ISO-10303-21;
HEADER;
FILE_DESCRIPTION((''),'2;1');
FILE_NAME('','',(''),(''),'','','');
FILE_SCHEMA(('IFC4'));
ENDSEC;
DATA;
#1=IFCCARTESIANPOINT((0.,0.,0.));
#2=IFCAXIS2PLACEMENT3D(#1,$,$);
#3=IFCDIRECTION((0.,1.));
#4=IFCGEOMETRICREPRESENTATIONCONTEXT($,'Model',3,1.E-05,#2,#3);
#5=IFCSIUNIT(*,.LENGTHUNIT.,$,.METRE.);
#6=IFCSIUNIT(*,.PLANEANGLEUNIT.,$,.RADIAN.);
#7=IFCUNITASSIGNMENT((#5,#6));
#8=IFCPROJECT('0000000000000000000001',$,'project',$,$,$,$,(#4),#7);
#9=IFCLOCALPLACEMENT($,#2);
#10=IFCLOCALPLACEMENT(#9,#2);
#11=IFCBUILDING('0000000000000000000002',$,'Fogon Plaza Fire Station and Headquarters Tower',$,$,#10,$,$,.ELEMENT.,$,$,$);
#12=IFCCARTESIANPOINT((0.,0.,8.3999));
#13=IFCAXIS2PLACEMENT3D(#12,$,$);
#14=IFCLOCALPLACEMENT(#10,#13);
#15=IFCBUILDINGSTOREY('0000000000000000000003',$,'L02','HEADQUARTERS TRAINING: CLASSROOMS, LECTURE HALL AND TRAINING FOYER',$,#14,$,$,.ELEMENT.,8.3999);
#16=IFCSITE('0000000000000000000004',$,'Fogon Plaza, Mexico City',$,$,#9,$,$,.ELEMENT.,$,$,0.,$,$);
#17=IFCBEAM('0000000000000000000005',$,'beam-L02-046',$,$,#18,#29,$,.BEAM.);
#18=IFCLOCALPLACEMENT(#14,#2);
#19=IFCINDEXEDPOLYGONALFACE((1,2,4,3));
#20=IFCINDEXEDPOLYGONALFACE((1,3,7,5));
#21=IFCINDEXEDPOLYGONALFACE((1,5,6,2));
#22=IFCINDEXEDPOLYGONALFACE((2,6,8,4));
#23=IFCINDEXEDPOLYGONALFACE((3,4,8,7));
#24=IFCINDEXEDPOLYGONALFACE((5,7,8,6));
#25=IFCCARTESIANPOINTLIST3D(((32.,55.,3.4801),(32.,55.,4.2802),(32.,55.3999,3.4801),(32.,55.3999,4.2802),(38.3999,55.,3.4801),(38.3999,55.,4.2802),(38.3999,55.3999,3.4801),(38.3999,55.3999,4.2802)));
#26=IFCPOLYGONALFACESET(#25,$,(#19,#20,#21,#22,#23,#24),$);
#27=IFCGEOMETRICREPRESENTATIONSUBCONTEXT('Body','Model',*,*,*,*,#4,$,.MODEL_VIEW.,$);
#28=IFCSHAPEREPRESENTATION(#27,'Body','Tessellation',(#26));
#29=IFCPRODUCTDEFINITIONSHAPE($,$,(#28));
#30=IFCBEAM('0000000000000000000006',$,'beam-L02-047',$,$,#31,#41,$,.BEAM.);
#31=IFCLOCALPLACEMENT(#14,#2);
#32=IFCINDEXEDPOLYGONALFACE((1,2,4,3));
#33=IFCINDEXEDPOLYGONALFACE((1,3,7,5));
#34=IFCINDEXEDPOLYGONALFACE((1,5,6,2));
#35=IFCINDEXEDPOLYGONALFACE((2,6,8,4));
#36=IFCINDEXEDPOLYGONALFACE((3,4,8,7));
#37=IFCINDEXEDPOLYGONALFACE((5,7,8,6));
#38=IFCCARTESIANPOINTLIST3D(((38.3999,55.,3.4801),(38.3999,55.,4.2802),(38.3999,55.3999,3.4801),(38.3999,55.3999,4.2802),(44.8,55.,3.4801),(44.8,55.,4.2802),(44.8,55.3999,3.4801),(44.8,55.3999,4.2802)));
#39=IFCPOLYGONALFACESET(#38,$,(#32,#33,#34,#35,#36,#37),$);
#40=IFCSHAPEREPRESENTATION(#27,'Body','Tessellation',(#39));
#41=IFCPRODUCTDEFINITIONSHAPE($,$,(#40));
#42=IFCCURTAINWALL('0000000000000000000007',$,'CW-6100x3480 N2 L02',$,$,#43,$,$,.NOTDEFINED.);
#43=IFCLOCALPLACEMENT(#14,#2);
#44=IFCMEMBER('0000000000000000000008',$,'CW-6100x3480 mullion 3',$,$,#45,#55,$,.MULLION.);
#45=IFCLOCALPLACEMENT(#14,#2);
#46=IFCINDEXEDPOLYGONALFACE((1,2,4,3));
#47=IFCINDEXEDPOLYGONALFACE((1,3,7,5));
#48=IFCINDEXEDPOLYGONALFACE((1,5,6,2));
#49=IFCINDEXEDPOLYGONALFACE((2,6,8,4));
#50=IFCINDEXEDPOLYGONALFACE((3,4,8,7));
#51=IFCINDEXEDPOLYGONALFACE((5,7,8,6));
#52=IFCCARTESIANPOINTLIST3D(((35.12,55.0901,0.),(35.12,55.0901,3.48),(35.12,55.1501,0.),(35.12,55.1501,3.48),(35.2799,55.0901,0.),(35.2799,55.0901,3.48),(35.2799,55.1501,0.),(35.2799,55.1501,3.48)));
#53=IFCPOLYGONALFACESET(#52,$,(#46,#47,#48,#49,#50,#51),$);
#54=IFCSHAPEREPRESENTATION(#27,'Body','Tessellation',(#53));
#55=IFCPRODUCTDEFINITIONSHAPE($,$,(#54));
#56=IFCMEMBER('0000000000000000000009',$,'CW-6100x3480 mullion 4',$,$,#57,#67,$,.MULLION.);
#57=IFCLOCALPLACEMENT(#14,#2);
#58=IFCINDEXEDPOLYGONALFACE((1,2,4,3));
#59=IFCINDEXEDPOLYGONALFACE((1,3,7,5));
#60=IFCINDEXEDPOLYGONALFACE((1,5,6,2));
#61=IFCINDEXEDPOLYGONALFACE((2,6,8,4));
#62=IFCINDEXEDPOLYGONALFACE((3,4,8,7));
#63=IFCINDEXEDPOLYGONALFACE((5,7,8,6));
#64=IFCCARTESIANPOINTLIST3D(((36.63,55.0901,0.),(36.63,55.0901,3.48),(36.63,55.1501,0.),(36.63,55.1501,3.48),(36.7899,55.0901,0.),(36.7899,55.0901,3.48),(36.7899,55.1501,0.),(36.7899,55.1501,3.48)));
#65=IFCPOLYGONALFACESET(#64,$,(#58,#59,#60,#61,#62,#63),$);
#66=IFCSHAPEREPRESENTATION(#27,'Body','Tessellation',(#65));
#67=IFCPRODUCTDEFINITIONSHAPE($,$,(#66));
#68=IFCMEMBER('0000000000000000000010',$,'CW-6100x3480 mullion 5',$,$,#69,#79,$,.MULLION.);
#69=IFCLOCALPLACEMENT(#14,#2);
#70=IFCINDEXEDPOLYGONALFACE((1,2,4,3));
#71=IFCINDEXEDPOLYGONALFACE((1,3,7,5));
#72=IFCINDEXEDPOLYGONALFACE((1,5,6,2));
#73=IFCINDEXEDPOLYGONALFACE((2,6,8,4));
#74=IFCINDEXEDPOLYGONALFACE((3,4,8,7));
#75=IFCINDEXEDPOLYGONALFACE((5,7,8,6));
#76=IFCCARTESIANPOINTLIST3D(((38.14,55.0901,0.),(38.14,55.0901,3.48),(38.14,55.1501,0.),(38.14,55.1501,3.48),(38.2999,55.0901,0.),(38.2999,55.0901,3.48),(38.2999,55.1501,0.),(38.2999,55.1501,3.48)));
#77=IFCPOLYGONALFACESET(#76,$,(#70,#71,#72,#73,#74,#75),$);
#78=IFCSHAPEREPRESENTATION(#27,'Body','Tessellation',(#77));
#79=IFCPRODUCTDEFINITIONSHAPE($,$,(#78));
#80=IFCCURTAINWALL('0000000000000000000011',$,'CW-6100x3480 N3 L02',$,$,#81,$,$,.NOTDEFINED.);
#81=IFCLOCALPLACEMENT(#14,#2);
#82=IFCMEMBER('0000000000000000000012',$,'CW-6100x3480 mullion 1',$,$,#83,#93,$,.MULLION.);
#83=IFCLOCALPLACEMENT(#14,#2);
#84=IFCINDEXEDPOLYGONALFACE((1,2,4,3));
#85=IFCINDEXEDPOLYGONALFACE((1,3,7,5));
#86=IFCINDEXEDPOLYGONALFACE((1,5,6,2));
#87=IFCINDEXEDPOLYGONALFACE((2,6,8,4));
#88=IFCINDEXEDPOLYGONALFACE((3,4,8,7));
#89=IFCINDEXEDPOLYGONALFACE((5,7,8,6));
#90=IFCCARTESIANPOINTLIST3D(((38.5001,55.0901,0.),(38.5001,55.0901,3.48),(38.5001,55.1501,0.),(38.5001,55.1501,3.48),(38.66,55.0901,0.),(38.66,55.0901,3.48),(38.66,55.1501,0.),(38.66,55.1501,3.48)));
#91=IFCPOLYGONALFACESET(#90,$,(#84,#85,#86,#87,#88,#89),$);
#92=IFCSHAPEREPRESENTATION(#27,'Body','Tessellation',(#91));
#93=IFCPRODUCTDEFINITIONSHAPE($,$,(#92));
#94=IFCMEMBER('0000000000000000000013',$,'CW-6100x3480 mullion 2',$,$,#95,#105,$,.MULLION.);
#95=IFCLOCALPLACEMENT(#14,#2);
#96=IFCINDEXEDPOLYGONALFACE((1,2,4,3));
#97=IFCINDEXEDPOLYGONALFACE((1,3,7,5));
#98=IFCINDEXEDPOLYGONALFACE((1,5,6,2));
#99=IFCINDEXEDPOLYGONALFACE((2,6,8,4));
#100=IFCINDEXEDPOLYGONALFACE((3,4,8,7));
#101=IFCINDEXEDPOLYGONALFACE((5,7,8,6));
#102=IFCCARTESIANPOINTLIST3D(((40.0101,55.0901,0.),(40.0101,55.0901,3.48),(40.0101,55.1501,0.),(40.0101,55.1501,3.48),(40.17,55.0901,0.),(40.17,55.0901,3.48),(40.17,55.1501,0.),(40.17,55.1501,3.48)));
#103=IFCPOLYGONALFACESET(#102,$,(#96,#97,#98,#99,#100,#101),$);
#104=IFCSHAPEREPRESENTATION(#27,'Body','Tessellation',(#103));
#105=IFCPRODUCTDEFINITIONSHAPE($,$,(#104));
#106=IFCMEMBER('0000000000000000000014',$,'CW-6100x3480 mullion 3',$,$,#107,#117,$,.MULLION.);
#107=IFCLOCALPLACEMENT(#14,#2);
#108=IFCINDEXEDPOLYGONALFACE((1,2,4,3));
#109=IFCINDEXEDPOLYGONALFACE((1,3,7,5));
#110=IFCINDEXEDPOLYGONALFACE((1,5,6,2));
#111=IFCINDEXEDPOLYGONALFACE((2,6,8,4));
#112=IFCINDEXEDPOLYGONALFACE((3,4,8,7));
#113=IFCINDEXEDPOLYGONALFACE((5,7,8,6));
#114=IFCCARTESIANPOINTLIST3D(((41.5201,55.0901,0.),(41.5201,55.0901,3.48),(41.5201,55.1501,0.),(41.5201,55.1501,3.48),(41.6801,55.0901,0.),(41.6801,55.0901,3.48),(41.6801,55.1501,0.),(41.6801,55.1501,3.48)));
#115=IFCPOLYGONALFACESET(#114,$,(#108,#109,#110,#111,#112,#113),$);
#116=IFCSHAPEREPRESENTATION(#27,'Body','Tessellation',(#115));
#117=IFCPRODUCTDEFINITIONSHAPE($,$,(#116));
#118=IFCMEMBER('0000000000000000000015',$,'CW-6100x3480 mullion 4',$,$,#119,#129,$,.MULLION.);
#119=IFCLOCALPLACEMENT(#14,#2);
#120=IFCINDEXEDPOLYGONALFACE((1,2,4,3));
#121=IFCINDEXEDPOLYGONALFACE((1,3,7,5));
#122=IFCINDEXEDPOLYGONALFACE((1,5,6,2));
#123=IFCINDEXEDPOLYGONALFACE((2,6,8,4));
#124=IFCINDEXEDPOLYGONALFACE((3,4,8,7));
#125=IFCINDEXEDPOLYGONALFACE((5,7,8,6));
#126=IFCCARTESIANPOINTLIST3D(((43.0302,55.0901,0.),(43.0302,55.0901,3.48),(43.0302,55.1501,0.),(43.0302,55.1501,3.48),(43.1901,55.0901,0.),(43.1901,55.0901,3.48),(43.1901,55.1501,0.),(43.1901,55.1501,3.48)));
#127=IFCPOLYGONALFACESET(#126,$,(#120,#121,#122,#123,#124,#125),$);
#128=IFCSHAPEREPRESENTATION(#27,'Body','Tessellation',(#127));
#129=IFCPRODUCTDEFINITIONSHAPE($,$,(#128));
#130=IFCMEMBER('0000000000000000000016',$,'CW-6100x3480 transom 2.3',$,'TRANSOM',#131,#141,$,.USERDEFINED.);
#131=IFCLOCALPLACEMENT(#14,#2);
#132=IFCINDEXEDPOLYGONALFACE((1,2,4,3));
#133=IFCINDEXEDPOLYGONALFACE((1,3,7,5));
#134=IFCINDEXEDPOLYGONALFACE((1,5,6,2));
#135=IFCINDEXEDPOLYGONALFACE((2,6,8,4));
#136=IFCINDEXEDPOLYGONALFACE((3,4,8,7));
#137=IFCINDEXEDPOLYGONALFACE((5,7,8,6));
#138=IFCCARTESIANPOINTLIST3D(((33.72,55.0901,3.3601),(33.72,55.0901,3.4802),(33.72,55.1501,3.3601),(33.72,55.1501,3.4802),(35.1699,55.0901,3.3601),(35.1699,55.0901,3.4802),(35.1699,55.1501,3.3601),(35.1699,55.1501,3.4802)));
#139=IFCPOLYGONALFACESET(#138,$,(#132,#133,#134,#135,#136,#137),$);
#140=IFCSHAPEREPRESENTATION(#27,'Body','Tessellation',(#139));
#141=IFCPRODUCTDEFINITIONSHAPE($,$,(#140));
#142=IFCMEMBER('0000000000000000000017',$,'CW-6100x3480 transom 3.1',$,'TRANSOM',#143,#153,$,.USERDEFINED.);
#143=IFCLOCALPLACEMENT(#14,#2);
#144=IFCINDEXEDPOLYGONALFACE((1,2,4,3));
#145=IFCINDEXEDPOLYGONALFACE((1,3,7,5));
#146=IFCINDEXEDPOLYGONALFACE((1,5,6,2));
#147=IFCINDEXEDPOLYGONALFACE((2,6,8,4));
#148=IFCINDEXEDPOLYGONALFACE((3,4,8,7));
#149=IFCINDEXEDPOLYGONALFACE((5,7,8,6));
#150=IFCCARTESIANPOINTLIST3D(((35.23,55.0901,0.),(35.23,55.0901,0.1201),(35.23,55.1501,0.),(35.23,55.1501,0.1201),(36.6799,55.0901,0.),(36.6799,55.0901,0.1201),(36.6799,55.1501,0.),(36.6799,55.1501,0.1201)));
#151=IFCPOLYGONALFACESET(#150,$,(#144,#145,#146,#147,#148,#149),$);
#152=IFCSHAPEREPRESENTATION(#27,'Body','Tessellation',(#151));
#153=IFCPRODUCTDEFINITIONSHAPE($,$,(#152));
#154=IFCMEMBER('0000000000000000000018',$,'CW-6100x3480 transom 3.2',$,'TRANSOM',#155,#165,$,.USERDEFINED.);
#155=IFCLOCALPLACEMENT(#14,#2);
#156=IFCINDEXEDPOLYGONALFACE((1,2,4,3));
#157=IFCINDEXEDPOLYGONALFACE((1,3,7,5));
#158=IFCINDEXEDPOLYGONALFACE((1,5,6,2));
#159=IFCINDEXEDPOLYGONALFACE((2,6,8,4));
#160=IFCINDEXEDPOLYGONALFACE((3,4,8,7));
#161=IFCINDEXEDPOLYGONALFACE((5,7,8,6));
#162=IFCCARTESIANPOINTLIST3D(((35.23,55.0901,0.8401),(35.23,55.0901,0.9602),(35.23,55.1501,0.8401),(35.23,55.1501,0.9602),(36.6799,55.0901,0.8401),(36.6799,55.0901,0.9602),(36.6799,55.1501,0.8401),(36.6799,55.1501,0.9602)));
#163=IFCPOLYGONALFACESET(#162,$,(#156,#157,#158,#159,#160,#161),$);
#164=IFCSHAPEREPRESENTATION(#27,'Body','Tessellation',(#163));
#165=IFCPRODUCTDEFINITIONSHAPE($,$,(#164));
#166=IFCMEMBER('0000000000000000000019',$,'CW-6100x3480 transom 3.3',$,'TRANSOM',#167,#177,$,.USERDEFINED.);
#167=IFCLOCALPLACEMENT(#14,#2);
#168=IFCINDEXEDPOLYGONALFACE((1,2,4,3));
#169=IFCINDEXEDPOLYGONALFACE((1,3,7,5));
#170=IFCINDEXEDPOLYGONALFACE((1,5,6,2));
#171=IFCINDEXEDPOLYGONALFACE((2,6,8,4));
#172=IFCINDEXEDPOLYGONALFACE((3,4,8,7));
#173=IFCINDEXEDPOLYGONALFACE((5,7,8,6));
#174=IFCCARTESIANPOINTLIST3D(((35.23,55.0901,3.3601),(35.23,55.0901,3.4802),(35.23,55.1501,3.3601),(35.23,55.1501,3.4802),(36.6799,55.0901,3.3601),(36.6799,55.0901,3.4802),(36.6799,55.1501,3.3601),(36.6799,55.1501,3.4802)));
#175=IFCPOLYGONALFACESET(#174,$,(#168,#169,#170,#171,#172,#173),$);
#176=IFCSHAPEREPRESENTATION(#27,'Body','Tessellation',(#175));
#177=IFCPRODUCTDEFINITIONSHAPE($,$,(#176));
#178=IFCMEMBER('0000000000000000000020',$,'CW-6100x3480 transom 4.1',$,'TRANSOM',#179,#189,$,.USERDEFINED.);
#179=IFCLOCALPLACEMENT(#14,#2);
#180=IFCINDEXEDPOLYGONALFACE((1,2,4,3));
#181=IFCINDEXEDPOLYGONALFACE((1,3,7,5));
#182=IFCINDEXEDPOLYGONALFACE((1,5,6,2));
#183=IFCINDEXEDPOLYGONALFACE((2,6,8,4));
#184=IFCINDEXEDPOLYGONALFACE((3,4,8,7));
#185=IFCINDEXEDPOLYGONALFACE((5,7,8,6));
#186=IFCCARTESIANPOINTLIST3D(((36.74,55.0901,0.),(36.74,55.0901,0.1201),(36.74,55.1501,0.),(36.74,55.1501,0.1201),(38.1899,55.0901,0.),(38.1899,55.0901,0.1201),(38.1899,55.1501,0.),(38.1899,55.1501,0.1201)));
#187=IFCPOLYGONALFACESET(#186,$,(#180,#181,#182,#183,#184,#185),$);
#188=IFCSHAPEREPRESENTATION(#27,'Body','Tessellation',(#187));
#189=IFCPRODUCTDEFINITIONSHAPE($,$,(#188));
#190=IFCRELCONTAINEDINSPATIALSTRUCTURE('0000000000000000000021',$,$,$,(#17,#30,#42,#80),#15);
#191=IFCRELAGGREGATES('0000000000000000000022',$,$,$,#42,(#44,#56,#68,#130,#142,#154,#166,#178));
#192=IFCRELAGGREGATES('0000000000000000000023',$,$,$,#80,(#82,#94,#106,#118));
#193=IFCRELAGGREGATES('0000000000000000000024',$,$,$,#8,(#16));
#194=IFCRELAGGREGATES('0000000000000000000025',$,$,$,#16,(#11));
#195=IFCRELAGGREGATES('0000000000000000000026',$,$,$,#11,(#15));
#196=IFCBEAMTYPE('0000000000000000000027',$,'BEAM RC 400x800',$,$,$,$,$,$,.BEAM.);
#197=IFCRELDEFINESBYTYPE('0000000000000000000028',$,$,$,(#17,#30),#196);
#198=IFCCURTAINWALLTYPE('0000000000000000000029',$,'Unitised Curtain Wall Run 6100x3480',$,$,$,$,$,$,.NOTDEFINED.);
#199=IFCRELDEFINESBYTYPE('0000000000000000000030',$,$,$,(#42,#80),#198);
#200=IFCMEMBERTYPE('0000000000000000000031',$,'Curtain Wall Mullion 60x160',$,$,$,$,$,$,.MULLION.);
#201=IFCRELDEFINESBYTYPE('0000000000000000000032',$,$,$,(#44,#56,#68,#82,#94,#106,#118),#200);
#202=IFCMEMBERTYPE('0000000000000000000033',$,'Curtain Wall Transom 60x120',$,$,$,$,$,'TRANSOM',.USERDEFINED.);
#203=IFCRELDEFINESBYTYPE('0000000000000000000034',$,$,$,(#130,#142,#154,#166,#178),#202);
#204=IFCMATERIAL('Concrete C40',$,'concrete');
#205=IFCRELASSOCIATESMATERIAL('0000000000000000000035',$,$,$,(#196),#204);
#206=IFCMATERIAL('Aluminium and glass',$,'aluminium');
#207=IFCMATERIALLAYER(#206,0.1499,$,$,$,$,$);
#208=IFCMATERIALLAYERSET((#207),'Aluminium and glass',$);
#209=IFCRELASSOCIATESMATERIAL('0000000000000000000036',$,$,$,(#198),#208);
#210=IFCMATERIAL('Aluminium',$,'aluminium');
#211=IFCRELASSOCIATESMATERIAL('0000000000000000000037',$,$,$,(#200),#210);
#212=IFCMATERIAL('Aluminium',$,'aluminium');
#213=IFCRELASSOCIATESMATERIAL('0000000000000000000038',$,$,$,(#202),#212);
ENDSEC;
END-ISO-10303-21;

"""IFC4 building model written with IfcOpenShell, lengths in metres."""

from ifc_helpers import new_model, si_unit, direction, frame, origin, origin_2d, place, context, subcontext, project, spatial, rectangle, extrude, material, layer, layer_set, material_profile, profile_set, type_object, element, aggregate, save


model = new_model("IFC4")

# Units and contexts
model_context = context("Model", 3, precision=1e-05, world=origin(), true_north=direction((0.0, 1.0)))
body_context = subcontext(model_context, "Body", "Model", "MODEL_VIEW")
ifc_project = project(units=[si_unit("LENGTHUNIT", "METRE"), si_unit("PLANEANGLEUNIT", "RADIAN")], contexts=[model_context])

# Site, building, storey
site_placement = place(None, origin())
site = spatial("IfcSite", under=ifc_project, at=site_placement, Name="Fogon Plaza, Mexico City", CompositionType="ELEMENT", RefElevation=0.0)
building_placement = place(site_placement, origin())
building = spatial("IfcBuilding", under=site, at=building_placement, Name="Fogon Plaza Fire Station and Headquarters Tower", CompositionType="ELEMENT")
storey_placement = place(building_placement, frame((0.0, 0.0, 8.3999)))
storey = spatial("IfcBuildingStorey", under=building, at=storey_placement, Name="L02", Description="HEADQUARTERS TRAINING: CLASSROOMS, LECTURE HALL AND TRAINING FOYER", CompositionType="ELEMENT", Elevation=8.3999)

# Beams
ifc_material_1 = material(Name="Concrete C40", Category="concrete")
ifc_material_profile_1 = material_profile(ifc_material_1, rectangle(XDim=0.3999, YDim=0.8, at=origin_2d()), Name="RC 400x800")
ifc_profile_set_1 = profile_set([ifc_material_profile_1], Name="Concrete C40")
beam_type = type_object("IfcBeamType", Name="BEAM RC 400x800", PredefinedType="BEAM", material=ifc_profile_set_1)
beam_1_placement = place(storey_placement, frame((32.0, 55.2, 3.8801), z_axis=(1.0, 0.0, 0.0), x_axis=(0.0, 1.0, 0.0)))
element("IfcBeam", 1, at=beam_1_placement, inside=storey, type_object=beam_type, Name="beam-L02-046", PredefinedType="BEAM", context=body_context, shape_type="SweptSolid", body=[
    extrude(rectangle(XDim=0.3999, YDim=0.8, at=origin_2d()), origin(), (0.0, 0.0, 1.0), 6.3999),
])
beam_2_placement = place(storey_placement, frame((38.3999, 55.2, 3.8801), z_axis=(1.0, 0.0, 0.0), x_axis=(0.0, 1.0, 0.0)))
element("IfcBeam", 2, at=beam_2_placement, inside=storey, type_object=beam_type, Name="beam-L02-047", PredefinedType="BEAM", context=body_context, shape_type="SweptSolid", body=[
    extrude(rectangle(XDim=0.3999, YDim=0.8, at=origin_2d()), origin(), (0.0, 0.0, 1.0), 6.4001),
])

# Curtain walls, members
ifc_material_2 = material(Name="Aluminium and glass", Category="aluminium")
ifc_layer_1 = layer(ifc_material_2, 0.1499)
ifc_layer_set_1 = layer_set([ifc_layer_1], Name="Aluminium and glass")
curtain_wall_type = type_object("IfcCurtainWallType", Name="Unitised Curtain Wall Run 6100x3480", PredefinedType="NOTDEFINED", material=ifc_layer_set_1)
curtain_wall_1_placement = place(storey_placement, origin())
curtain_wall_1 = element("IfcCurtainWall", 3, at=curtain_wall_1_placement, inside=storey, type_object=curtain_wall_type, Name="CW-6100x3480 N2 L02", PredefinedType="NOTDEFINED")
ifc_material_3 = material(Name="Aluminium", Category="aluminium")
ifc_material_profile_2 = material_profile(ifc_material_3, rectangle(XDim=0.0601, YDim=0.1599, at=origin_2d()), Name="Curtain Wall Mullion 60x160")
ifc_profile_set_2 = profile_set([ifc_material_profile_2], Name="Aluminium")
member_type_1 = type_object("IfcMemberType", Name="Curtain Wall Mullion 60x160", PredefinedType="MULLION", material=ifc_profile_set_2)
member_1_placement = place(storey_placement, frame((35.2, 55.1201, 0.0), z_axis=(0.0, 0.0, 1.0), x_axis=(0.0, 1.0, 0.0)))
member_1 = element("IfcMember", 4, at=member_1_placement, type_object=member_type_1, Name="CW-6100x3480 mullion 3", PredefinedType="MULLION", context=body_context, shape_type="SweptSolid", body=[
    extrude(rectangle(XDim=0.0601, YDim=0.1599, at=origin_2d()), origin(), (0.0, 0.0, 1.0), 3.48),
])
member_2_placement = place(storey_placement, frame((36.71, 55.1201, 0.0), z_axis=(0.0, 0.0, 1.0), x_axis=(0.0, 1.0, 0.0)))
member_2 = element("IfcMember", 5, at=member_2_placement, type_object=member_type_1, Name="CW-6100x3480 mullion 4", PredefinedType="MULLION", context=body_context, shape_type="SweptSolid", body=[
    extrude(rectangle(XDim=0.0601, YDim=0.1599, at=origin_2d()), origin(), (0.0, 0.0, 1.0), 3.48),
])
member_3_placement = place(storey_placement, frame((38.22, 55.1201, 0.0), z_axis=(0.0, 0.0, 1.0), x_axis=(0.0, 1.0, 0.0)))
member_3 = element("IfcMember", 6, at=member_3_placement, type_object=member_type_1, Name="CW-6100x3480 mullion 5", PredefinedType="MULLION", context=body_context, shape_type="SweptSolid", body=[
    extrude(rectangle(XDim=0.0601, YDim=0.1599, at=origin_2d()), origin(), (0.0, 0.0, 1.0), 3.48),
])
curtain_wall_2_placement = place(storey_placement, origin())
curtain_wall_2 = element("IfcCurtainWall", 7, at=curtain_wall_2_placement, inside=storey, type_object=curtain_wall_type, Name="CW-6100x3480 N3 L02", PredefinedType="NOTDEFINED")
member_4_placement = place(storey_placement, frame((38.5801, 55.1201, 0.0), z_axis=(0.0, 0.0, 1.0), x_axis=(0.0, 1.0, 0.0)))
member_4 = element("IfcMember", 8, at=member_4_placement, type_object=member_type_1, Name="CW-6100x3480 mullion 1", PredefinedType="MULLION", context=body_context, shape_type="SweptSolid", body=[
    extrude(rectangle(XDim=0.0601, YDim=0.1599, at=origin_2d()), origin(), (0.0, 0.0, 1.0), 3.48),
])
member_5_placement = place(storey_placement, frame((40.0901, 55.1201, 0.0), z_axis=(0.0, 0.0, 1.0), x_axis=(0.0, 1.0, 0.0)))
member_5 = element("IfcMember", 9, at=member_5_placement, type_object=member_type_1, Name="CW-6100x3480 mullion 2", PredefinedType="MULLION", context=body_context, shape_type="SweptSolid", body=[
    extrude(rectangle(XDim=0.0601, YDim=0.1599, at=origin_2d()), origin(), (0.0, 0.0, 1.0), 3.48),
])
member_6_placement = place(storey_placement, frame((41.6001, 55.1201, 0.0), z_axis=(0.0, 0.0, 1.0), x_axis=(0.0, 1.0, 0.0)))
member_6 = element("IfcMember", 10, at=member_6_placement, type_object=member_type_1, Name="CW-6100x3480 mullion 3", PredefinedType="MULLION", context=body_context, shape_type="SweptSolid", body=[
    extrude(rectangle(XDim=0.0601, YDim=0.1599, at=origin_2d()), origin(), (0.0, 0.0, 1.0), 3.48),
])
member_7_placement = place(storey_placement, frame((43.1101, 55.1201, 0.0), z_axis=(0.0, 0.0, 1.0), x_axis=(0.0, 1.0, 0.0)))
member_7 = element("IfcMember", 11, at=member_7_placement, type_object=member_type_1, Name="CW-6100x3480 mullion 4", PredefinedType="MULLION", context=body_context, shape_type="SweptSolid", body=[
    extrude(rectangle(XDim=0.0601, YDim=0.1599, at=origin_2d()), origin(), (0.0, 0.0, 1.0), 3.48),
])

# Members
ifc_material_4 = material(Name="Aluminium", Category="aluminium")
ifc_material_profile_3 = material_profile(ifc_material_4, rectangle(XDim=0.0601, YDim=0.1201, at=origin_2d()), Name="Curtain Wall Transom 60x120")
ifc_profile_set_3 = profile_set([ifc_material_profile_3], Name="Aluminium")
member_type_2 = type_object("IfcMemberType", Name="Curtain Wall Transom 60x120", ElementType="TRANSOM", PredefinedType="USERDEFINED", material=ifc_profile_set_3)
member_8_placement = place(storey_placement, frame((33.72, 55.1201, 3.4202), z_axis=(1.0, 0.0, 0.0), x_axis=(0.0, 1.0, 0.0)))
member_8 = element("IfcMember", 12, at=member_8_placement, type_object=member_type_2, Name="CW-6100x3480 transom 2.3", ObjectType="TRANSOM", PredefinedType="USERDEFINED", context=body_context, shape_type="SweptSolid", body=[
    extrude(rectangle(XDim=0.0601, YDim=0.1201, at=origin_2d()), origin(), (0.0, 0.0, 1.0), 1.45),
])
member_9_placement = place(storey_placement, frame((35.23, 55.1201, 0.0601), z_axis=(1.0, 0.0, 0.0), x_axis=(0.0, 1.0, 0.0)))
member_9 = element("IfcMember", 13, at=member_9_placement, type_object=member_type_2, Name="CW-6100x3480 transom 3.1", ObjectType="TRANSOM", PredefinedType="USERDEFINED", context=body_context, shape_type="SweptSolid", body=[
    extrude(rectangle(XDim=0.0601, YDim=0.1201, at=origin_2d()), origin(), (0.0, 0.0, 1.0), 1.45),
])
member_10_placement = place(storey_placement, frame((35.23, 55.1201, 0.9001), z_axis=(1.0, 0.0, 0.0), x_axis=(0.0, 1.0, 0.0)))
member_10 = element("IfcMember", 14, at=member_10_placement, type_object=member_type_2, Name="CW-6100x3480 transom 3.2", ObjectType="TRANSOM", PredefinedType="USERDEFINED", context=body_context, shape_type="SweptSolid", body=[
    extrude(rectangle(XDim=0.0601, YDim=0.1201, at=origin_2d()), origin(), (0.0, 0.0, 1.0), 1.45),
])
member_11_placement = place(storey_placement, frame((35.23, 55.1201, 3.4202), z_axis=(1.0, 0.0, 0.0), x_axis=(0.0, 1.0, 0.0)))
member_11 = element("IfcMember", 15, at=member_11_placement, type_object=member_type_2, Name="CW-6100x3480 transom 3.3", ObjectType="TRANSOM", PredefinedType="USERDEFINED", context=body_context, shape_type="SweptSolid", body=[
    extrude(rectangle(XDim=0.0601, YDim=0.1201, at=origin_2d()), origin(), (0.0, 0.0, 1.0), 1.45),
])
member_12_placement = place(storey_placement, frame((36.74, 55.1201, 0.0601), z_axis=(1.0, 0.0, 0.0), x_axis=(0.0, 1.0, 0.0)))
member_12 = element("IfcMember", 16, at=member_12_placement, type_object=member_type_2, Name="CW-6100x3480 transom 4.1", ObjectType="TRANSOM", PredefinedType="USERDEFINED", context=body_context, shape_type="SweptSolid", body=[
    extrude(rectangle(XDim=0.0601, YDim=0.1201, at=origin_2d()), origin(), (0.0, 0.0, 1.0), 1.45),
])

aggregate(curtain_wall_1, [member_1, member_2, member_3, member_8, member_9, member_10, member_11, member_12])
aggregate(curtain_wall_2, [member_4, member_5, member_6, member_7])

save(model, "model.ifc")
